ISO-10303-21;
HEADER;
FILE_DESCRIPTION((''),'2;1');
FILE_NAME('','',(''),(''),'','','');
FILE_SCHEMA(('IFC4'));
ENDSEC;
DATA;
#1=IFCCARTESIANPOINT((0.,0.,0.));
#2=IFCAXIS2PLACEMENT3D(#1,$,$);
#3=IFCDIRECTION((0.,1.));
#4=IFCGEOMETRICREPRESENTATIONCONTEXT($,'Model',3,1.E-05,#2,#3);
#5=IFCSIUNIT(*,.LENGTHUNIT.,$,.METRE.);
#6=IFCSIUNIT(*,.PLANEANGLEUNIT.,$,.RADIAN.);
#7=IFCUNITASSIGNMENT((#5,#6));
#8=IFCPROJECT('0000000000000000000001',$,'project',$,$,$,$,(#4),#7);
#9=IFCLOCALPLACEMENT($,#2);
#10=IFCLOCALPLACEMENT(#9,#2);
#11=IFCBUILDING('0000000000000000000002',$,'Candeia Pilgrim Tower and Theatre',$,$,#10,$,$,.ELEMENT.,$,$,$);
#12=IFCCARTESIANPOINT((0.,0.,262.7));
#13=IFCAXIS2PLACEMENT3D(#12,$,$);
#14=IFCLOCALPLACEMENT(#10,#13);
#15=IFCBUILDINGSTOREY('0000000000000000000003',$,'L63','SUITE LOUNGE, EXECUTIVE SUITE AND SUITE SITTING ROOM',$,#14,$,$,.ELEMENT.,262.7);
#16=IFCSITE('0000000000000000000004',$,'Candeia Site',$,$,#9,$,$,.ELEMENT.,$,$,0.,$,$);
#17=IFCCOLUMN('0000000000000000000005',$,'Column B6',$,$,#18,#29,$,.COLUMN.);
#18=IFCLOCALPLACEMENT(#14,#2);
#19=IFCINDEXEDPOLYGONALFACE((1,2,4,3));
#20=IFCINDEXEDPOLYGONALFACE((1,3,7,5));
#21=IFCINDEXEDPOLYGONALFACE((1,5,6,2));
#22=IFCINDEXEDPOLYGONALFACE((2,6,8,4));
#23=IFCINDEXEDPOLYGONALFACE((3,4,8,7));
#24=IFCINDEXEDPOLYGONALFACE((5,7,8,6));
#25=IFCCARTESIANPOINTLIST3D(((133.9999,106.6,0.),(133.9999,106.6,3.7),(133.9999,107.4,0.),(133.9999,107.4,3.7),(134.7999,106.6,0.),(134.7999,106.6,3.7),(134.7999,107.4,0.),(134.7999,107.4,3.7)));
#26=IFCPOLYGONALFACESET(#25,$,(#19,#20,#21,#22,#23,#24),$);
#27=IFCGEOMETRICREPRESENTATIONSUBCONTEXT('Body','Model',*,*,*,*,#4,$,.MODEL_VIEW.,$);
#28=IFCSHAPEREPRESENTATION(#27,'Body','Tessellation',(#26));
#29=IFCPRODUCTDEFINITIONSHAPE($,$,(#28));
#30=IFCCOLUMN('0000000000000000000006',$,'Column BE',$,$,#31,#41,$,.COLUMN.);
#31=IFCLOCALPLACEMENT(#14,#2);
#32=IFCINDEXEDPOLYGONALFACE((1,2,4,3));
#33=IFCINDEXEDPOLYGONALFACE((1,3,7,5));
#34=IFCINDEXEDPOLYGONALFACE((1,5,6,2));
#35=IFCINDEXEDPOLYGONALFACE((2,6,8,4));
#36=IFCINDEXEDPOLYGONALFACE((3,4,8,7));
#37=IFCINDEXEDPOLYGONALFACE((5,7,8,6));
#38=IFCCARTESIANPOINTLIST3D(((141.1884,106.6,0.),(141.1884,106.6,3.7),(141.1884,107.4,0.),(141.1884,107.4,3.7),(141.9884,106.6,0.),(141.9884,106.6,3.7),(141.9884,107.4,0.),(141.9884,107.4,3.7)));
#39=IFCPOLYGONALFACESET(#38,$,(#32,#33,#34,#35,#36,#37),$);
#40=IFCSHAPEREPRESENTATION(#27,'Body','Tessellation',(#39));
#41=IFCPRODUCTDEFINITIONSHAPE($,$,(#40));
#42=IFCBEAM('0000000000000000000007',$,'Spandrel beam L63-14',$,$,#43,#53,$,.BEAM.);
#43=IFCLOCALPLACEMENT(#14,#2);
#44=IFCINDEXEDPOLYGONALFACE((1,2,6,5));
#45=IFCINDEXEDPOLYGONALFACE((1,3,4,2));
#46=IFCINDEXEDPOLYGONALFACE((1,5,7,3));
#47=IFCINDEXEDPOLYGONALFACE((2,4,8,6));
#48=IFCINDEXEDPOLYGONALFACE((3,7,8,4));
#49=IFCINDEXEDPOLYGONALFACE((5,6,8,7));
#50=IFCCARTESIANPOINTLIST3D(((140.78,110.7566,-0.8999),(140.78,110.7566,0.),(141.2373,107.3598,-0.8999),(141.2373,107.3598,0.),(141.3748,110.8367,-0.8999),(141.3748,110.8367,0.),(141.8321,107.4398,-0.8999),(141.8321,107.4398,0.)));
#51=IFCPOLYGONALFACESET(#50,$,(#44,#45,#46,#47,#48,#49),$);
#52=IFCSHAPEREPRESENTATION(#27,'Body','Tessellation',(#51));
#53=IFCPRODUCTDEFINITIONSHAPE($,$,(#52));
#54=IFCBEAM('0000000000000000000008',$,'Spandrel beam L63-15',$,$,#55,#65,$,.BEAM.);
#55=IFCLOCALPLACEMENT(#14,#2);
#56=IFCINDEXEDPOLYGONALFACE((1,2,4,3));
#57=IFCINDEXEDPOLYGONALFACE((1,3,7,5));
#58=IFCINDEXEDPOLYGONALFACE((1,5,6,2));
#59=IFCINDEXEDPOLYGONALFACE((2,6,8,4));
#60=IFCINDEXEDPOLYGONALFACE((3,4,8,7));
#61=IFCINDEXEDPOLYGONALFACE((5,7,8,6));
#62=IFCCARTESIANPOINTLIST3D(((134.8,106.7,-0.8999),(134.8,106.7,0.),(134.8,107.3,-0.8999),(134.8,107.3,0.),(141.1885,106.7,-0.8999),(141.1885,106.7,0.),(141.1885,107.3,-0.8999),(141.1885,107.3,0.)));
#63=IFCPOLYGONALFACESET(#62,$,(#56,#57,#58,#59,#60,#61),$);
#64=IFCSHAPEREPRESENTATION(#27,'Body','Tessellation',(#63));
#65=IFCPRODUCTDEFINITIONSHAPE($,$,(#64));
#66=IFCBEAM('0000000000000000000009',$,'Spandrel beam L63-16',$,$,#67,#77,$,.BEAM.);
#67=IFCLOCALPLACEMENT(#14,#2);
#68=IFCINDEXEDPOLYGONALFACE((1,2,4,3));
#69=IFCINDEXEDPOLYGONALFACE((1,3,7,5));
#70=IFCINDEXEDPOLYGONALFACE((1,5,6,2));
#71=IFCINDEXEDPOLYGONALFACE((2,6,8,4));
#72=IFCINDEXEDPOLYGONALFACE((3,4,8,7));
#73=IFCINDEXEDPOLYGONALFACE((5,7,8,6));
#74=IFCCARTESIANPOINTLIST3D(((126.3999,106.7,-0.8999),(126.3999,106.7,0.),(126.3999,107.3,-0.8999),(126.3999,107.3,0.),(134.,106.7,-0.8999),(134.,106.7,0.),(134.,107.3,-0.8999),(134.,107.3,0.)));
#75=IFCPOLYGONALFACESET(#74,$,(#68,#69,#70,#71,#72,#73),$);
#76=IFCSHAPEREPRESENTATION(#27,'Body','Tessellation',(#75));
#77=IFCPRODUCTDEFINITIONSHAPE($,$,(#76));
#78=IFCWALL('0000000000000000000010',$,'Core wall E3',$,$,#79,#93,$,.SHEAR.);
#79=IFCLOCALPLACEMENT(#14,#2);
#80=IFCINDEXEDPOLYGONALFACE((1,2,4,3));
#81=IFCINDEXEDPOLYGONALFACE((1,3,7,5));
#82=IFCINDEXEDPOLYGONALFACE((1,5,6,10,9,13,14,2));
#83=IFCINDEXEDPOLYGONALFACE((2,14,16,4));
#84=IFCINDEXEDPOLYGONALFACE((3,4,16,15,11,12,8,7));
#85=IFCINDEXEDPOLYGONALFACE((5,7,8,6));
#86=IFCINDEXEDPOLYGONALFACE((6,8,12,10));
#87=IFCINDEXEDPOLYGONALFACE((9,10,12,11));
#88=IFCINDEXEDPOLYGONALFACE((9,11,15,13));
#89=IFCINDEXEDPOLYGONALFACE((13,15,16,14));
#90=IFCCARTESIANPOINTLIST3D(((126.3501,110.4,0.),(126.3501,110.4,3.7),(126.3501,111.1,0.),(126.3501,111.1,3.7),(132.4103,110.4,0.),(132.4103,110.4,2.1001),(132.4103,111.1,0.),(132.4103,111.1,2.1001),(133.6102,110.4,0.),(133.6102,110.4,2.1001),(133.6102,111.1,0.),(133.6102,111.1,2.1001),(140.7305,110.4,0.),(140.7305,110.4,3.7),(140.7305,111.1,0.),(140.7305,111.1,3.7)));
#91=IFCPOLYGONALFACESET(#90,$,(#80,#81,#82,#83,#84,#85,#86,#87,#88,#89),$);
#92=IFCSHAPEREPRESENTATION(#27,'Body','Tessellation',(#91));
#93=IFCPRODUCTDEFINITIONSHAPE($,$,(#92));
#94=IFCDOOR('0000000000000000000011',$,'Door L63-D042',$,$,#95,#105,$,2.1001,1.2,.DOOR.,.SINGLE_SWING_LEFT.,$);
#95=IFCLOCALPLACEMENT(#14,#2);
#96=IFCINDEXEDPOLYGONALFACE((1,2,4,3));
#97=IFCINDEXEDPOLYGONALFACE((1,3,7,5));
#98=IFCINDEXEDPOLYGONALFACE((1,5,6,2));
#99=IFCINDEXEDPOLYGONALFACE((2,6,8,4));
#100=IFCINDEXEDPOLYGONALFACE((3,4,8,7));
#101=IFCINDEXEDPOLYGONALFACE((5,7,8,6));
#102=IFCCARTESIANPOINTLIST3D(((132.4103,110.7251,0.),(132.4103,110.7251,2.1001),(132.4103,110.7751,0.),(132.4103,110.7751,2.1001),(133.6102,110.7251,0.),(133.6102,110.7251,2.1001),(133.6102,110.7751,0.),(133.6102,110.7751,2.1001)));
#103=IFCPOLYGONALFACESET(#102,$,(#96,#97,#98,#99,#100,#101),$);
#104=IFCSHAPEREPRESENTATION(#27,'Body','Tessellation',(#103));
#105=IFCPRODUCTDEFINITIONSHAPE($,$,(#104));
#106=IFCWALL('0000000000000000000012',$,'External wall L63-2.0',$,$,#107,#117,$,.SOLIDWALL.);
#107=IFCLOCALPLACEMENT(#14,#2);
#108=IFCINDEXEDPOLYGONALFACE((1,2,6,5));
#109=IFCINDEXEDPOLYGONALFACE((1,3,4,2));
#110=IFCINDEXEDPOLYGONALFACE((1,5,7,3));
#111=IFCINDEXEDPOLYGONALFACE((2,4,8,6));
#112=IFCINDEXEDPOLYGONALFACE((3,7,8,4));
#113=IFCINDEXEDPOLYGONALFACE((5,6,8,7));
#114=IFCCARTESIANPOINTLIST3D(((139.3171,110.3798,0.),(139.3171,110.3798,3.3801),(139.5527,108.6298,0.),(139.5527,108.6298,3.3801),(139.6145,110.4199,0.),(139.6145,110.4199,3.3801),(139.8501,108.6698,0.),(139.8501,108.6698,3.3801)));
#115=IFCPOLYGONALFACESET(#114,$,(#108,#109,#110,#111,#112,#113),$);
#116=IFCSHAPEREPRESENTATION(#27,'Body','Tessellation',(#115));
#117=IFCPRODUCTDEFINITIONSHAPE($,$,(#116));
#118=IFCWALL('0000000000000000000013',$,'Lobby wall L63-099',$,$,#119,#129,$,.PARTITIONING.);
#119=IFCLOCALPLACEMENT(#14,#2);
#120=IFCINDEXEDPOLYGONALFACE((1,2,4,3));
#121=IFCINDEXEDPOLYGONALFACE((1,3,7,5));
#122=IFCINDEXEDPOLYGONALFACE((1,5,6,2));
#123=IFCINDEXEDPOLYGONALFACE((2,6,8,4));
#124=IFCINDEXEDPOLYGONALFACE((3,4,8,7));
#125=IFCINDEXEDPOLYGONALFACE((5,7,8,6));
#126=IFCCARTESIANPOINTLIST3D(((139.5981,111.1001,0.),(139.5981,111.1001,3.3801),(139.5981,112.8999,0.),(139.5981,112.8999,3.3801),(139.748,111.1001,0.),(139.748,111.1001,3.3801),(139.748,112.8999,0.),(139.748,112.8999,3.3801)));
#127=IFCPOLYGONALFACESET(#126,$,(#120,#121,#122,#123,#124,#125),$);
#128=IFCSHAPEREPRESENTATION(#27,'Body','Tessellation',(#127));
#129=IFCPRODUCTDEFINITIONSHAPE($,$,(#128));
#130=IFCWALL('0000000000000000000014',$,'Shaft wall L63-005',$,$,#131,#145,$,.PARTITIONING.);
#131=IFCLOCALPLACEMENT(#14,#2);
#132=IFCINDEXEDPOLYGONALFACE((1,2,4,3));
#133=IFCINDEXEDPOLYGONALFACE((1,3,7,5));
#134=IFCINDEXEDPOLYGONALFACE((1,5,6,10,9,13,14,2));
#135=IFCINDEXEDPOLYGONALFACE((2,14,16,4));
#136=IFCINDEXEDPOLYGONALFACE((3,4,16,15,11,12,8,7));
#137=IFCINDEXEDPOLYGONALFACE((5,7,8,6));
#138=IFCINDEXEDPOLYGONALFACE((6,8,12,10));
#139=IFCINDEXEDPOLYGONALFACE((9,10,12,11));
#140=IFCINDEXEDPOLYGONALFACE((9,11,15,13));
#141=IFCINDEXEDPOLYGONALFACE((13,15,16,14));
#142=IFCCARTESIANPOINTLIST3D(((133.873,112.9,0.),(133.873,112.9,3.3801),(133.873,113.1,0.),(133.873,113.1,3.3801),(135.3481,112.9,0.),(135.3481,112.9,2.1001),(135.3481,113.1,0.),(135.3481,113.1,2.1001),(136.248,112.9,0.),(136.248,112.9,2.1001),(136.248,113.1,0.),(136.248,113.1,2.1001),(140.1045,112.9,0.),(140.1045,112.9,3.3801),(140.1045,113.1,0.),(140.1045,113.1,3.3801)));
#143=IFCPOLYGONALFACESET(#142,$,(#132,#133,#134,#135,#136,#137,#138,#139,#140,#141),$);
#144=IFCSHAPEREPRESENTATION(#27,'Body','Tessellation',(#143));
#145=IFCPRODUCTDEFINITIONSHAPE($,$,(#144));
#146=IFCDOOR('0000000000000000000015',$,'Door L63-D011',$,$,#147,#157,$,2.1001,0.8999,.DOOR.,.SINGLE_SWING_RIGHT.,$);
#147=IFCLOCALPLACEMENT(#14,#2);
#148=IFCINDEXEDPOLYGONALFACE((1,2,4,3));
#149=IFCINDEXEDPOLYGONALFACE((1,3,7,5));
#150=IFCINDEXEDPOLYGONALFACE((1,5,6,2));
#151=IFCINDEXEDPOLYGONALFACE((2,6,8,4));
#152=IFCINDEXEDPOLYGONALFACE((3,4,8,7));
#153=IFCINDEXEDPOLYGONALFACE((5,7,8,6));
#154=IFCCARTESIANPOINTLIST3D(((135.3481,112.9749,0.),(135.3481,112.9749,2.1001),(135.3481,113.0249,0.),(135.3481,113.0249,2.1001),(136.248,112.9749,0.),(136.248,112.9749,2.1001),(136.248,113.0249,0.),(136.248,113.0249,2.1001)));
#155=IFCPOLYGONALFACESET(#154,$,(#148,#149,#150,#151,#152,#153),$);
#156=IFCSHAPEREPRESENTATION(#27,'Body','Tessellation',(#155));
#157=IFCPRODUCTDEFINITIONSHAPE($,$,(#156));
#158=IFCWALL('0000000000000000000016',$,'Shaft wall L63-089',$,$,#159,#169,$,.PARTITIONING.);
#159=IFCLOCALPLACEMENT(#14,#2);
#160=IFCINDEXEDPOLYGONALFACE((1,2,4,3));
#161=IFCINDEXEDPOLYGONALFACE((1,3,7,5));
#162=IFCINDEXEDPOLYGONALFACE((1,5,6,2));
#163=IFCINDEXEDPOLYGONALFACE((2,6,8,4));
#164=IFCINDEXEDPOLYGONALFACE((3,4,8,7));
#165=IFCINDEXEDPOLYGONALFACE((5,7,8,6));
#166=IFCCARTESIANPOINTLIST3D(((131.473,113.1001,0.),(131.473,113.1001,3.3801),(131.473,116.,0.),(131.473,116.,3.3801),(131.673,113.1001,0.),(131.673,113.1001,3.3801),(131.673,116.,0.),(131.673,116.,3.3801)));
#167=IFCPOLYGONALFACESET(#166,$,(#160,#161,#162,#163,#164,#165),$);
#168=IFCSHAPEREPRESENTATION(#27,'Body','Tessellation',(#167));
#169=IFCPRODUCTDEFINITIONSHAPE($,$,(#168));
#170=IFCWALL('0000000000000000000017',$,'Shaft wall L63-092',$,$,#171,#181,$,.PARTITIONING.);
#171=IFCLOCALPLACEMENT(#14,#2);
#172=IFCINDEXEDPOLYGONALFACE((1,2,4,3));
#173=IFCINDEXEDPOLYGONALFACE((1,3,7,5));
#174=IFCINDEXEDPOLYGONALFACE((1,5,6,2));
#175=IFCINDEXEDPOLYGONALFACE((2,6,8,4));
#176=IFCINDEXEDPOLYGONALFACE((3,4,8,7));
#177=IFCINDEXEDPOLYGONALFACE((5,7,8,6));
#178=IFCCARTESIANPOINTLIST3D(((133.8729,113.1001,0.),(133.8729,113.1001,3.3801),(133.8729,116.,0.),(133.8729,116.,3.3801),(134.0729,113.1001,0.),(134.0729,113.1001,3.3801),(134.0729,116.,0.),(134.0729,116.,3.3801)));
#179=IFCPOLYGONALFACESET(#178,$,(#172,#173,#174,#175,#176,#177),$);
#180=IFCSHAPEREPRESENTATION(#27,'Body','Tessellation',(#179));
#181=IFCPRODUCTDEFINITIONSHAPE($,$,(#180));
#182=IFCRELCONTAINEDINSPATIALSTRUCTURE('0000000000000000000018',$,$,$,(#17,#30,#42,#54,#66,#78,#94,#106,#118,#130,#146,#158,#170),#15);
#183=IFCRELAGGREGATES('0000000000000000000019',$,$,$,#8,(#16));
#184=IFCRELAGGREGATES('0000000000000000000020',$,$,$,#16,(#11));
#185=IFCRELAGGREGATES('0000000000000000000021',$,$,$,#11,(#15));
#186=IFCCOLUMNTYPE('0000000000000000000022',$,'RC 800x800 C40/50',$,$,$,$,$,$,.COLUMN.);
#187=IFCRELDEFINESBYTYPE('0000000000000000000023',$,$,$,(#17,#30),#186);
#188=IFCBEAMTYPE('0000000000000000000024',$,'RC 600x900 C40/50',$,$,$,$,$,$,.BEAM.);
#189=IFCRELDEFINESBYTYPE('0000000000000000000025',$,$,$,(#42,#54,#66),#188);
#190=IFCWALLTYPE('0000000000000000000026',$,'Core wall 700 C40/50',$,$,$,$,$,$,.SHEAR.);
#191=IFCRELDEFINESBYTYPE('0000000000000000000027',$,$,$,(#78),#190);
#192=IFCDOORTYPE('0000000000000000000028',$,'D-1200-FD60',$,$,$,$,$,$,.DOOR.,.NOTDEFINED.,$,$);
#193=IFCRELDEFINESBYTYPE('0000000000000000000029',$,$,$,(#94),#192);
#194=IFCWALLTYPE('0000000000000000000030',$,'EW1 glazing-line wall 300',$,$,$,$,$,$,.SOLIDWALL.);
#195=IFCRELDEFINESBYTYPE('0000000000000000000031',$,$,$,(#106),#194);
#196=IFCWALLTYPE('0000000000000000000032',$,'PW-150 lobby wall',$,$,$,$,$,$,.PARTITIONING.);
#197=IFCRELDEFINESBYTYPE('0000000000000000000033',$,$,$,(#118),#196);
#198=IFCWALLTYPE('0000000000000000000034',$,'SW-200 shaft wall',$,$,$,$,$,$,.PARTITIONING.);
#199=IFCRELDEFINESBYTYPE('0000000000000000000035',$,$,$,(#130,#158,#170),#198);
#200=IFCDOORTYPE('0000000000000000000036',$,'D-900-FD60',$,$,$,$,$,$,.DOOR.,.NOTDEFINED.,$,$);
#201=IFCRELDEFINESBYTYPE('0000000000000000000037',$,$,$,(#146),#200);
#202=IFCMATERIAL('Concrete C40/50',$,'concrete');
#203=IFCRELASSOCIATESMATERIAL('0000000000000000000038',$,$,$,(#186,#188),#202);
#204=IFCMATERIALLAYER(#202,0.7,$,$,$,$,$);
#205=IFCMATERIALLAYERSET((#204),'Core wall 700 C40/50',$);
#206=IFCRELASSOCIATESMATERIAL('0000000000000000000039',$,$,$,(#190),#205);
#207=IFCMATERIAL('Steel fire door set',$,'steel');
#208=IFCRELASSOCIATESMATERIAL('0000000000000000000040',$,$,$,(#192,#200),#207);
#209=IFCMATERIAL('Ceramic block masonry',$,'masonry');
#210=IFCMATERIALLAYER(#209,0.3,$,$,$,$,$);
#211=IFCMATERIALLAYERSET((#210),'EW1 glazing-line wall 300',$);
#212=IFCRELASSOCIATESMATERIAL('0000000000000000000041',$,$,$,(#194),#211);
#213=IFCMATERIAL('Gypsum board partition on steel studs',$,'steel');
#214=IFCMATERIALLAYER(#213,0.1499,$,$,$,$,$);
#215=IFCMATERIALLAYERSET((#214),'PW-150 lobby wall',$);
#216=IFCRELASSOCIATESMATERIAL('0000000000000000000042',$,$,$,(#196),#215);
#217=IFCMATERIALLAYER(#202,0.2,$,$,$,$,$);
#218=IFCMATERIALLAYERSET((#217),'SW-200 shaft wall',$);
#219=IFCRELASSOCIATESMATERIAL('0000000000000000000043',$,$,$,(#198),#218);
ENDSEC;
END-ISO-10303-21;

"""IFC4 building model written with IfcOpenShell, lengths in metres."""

from ifc_helpers import new_model, si_unit, direction, frame, frame_2d, origin, origin_2d, place, context, subcontext, project, spatial, rectangle, extrude, material, layer, layer_set, material_profile, profile_set, type_object, element, fill, save


model = new_model("IFC4")

# Units and contexts
model_context = context("Model", 3, precision=1e-05, world=origin(), true_north=direction((0.0, 1.0)))
body_context = subcontext(model_context, "Body", "Model", "MODEL_VIEW")
ifc_project = project(units=[si_unit("LENGTHUNIT", "METRE"), si_unit("PLANEANGLEUNIT", "RADIAN")], contexts=[model_context])

# Site, building, storey
site_placement = place(None, origin())
site = spatial("IfcSite", under=ifc_project, at=site_placement, Name="Candeia Site", CompositionType="ELEMENT", RefElevation=0.0)
building_placement = place(site_placement, origin())
building = spatial("IfcBuilding", under=site, at=building_placement, Name="Candeia Pilgrim Tower and Theatre", CompositionType="ELEMENT")
storey_placement = place(building_placement, frame((0.0, 0.0, 262.7)))
storey = spatial("IfcBuildingStorey", under=building, at=storey_placement, Name="L63", Description="SUITE LOUNGE, EXECUTIVE SUITE AND SUITE SITTING ROOM", CompositionType="ELEMENT", Elevation=262.7)

# Columns
ifc_material_1 = material(Name="Concrete C40/50", Category="concrete")
ifc_material_profile_1 = material_profile(ifc_material_1, rectangle(XDim=0.8, YDim=0.8, at=origin_2d()))
ifc_profile_set_1 = profile_set([ifc_material_profile_1], Name="Concrete C40/50")
column_type = type_object("IfcColumnType", Name="RC 800x800 C40/50", PredefinedType="COLUMN", material=ifc_profile_set_1)
for number, where, z_axis, x_axis, name in (
    (1, (134.3999, 107.0, 0.0), (0.0, 0.0, 1.0), (1.0, 0.0, 0.0), "Column B6"),
    (2, (141.5884, 107.0, 0.0), (0.0, 0.0, 1.0), (1.0, 0.0, 0.0), "Column BE"),
):
    element("IfcColumn", number, at=place(storey_placement, frame(where, z_axis=z_axis, x_axis=x_axis)), inside=storey, type_object=column_type, Name=name, PredefinedType="COLUMN", context=body_context, shape_type="SweptSolid", body=[
        extrude(rectangle(XDim=0.8, YDim=0.8, at=origin_2d()), origin(), (0.0, 0.0, 1.0), 3.7),
    ])

# Beams
ifc_material_profile_2 = material_profile(ifc_material_1, rectangle(XDim=0.6001, YDim=0.8999, at=origin_2d()))
ifc_profile_set_2 = profile_set([ifc_material_profile_2], Name="Concrete C40/50")
beam_type = type_object("IfcBeamType", Name="RC 600x900 C40/50", PredefinedType="BEAM", material=ifc_profile_set_2)
beam_1_placement = place(storey_placement, frame((141.0774, 110.7966, -0.45), z_axis=(0.133419, -0.99106, 0.0), x_axis=(0.99106, 0.133419, 0.0)))
element("IfcBeam", 3, at=beam_1_placement, inside=storey, type_object=beam_type, Name="Spandrel beam L63-14", PredefinedType="BEAM", context=body_context, shape_type="SweptSolid", body=[
    extrude(rectangle(XDim=0.6001, YDim=0.8999, at=origin_2d()), origin(), (0.0, 0.0, 1.0), 3.4275),
])
beam_2_placement = place(storey_placement, frame((141.1885, 107.0, -0.45), z_axis=(-1.0, 0.0, 0.0), x_axis=(0.0, -1.0, 0.0)))
element("IfcBeam", 4, at=beam_2_placement, inside=storey, type_object=beam_type, Name="Spandrel beam L63-15", PredefinedType="BEAM", context=body_context, shape_type="SweptSolid", body=[
    extrude(rectangle(XDim=0.6001, YDim=0.8999, at=origin_2d()), origin(), (0.0, 0.0, 1.0), 6.3884),
])
beam_3_placement = place(storey_placement, frame((134.0, 107.0, -0.45), z_axis=(-1.0, 0.0, 0.0), x_axis=(0.0, -1.0, 0.0)))
element("IfcBeam", 5, at=beam_3_placement, inside=storey, type_object=beam_type, Name="Spandrel beam L63-16", PredefinedType="BEAM", context=body_context, shape_type="SweptSolid", body=[
    extrude(rectangle(XDim=0.6001, YDim=0.8999, at=origin_2d()), origin(), (0.0, 0.0, 1.0), 7.6001),
])

# Wall, opening, door
ifc_layer_1 = layer(ifc_material_1, 0.7)
ifc_layer_set_1 = layer_set([ifc_layer_1], Name="Core wall 700 C40/50")
wall_type_1 = type_object("IfcWallType", Name="Core wall 700 C40/50", PredefinedType="SHEAR", material=ifc_layer_set_1)
wall_1_placement = place(storey_placement, frame((140.7305, 110.75, 0.0), z_axis=(0.0, 0.0, 1.0), x_axis=(-1.0, 0.0, 0.0)))
wall_1 = element("IfcWall", 6, at=wall_1_placement, inside=storey, type_object=wall_type_1, Name="Core wall E3", PredefinedType="SHEAR", context=body_context, shape_type="SweptSolid", body=[
    extrude(rectangle(XDim=14.3804, YDim=0.7, at=frame_2d((7.1902, 0.0))), origin(), (0.0, 0.0, 1.0), 3.7),
])
opening_1_placement = place(wall_1_placement, frame((7.1201, 0.0, 0.0)))
opening_1 = element("IfcOpeningElement", 7, at=opening_1_placement, cuts=wall_1, PredefinedType="OPENING", context=body_context, shape_type="SweptSolid", body=[
    extrude(rectangle(XDim=1.2, YDim=2.1001, at=frame_2d((0.6001, 1.05))), frame((0.0, 0.3599, 0.0), z_axis=(0.0, -1.0, 0.0), x_axis=(1.0, 0.0, 0.0)), (0.0, 0.0, 1.0), 0.72),
])
ifc_material_2 = material(Name="Steel fire door set", Category="steel")
door_type_1 = type_object("IfcDoorType", Name="D-1200-FD60", OperationType="NOTDEFINED", PredefinedType="DOOR", material=ifc_material_2)
door_1_placement = place(opening_1_placement, origin())
door_1 = element("IfcDoor", 8, at=door_1_placement, inside=storey, type_object=door_type_1, Name="Door L63-D042", OperationType="SINGLE_SWING_LEFT", OverallHeight=2.1001, OverallWidth=1.2, PredefinedType="DOOR", context=body_context, shape_type="SweptSolid", body=[
    extrude(rectangle(XDim=1.2, YDim=2.1001, at=frame_2d((0.6001, 1.05))), frame((0.0, 0.0249, 0.0), z_axis=(0.0, -1.0, 0.0), x_axis=(1.0, 0.0, 0.0)), (0.0, 0.0, 1.0), 0.05),
])
fill(opening_1, door_1)

# Walls
ifc_material_3 = material(Name="Ceramic block masonry", Category="masonry")
ifc_layer_2 = layer(ifc_material_3, 0.3)
ifc_layer_set_2 = layer_set([ifc_layer_2], Name="EW1 glazing-line wall 300")
wall_type_2 = type_object("IfcWallType", Name="EW1 glazing-line wall 300", PredefinedType="SOLIDWALL", material=ifc_layer_set_2)
wall_2_placement = place(storey_placement, frame((139.7014, 108.6499, 0.0), z_axis=(0.0, 0.0, 1.0), x_axis=(-0.133422, 0.991059, 0.0)))
element("IfcWall", 9, at=wall_2_placement, inside=storey, type_object=wall_type_2, Name="External wall L63-2.0", PredefinedType="SOLIDWALL", context=body_context, shape_type="SweptSolid", body=[
    extrude(rectangle(XDim=1.7659, YDim=0.3, at=frame_2d((0.8828, 0.0))), origin(), (0.0, 0.0, 1.0), 3.3801),
])
ifc_material_4 = material(Name="Gypsum board partition on steel studs", Category="steel")
ifc_layer_3 = layer(ifc_material_4, 0.1499)
ifc_layer_set_3 = layer_set([ifc_layer_3], Name="PW-150 lobby wall")
wall_type_3 = type_object("IfcWallType", Name="PW-150 lobby wall", PredefinedType="PARTITIONING", material=ifc_layer_set_3)
wall_3_placement = place(storey_placement, frame((139.6731, 111.1001, 0.0), z_axis=(0.0, 0.0, 1.0), x_axis=(0.0, 1.0, 0.0)))
element("IfcWall", 10, at=wall_3_placement, inside=storey, type_object=wall_type_3, Name="Lobby wall L63-099", PredefinedType="PARTITIONING", context=body_context, shape_type="SweptSolid", body=[
    extrude(rectangle(XDim=1.7998, YDim=0.1499, at=frame_2d((0.8999, 0.0))), origin(), (0.0, 0.0, 1.0), 3.3801),
])

# Wall, opening, door
ifc_layer_4 = layer(ifc_material_1, 0.2)
ifc_layer_set_4 = layer_set([ifc_layer_4], Name="SW-200 shaft wall")
wall_type_4 = type_object("IfcWallType", Name="SW-200 shaft wall", PredefinedType="PARTITIONING", material=ifc_layer_set_4)
wall_4_placement = place(storey_placement, frame((133.873, 113.0, 0.0), z_axis=(0.0, 0.0, 1.0), x_axis=(1.0, 0.0, 0.0)))
wall_4 = element("IfcWall", 11, at=wall_4_placement, inside=storey, type_object=wall_type_4, Name="Shaft wall L63-005", PredefinedType="PARTITIONING", context=body_context, shape_type="SweptSolid", body=[
    extrude(rectangle(XDim=6.2314, YDim=0.2, at=frame_2d((3.1157, 0.0))), origin(), (0.0, 0.0, 1.0), 3.3801),
])
opening_2_placement = place(wall_4_placement, frame((1.4751, 0.0, 0.0)))
opening_2 = element("IfcOpeningElement", 12, at=opening_2_placement, cuts=wall_4, PredefinedType="OPENING", context=body_context, shape_type="SweptSolid", body=[
    extrude(rectangle(XDim=0.8999, YDim=2.1001, at=frame_2d((0.45, 1.05))), frame((0.0, 0.1099, 0.0), z_axis=(0.0, -1.0, 0.0), x_axis=(1.0, 0.0, 0.0)), (0.0, 0.0, 1.0), 0.22),
])
door_type_2 = type_object("IfcDoorType", Name="D-900-FD60", OperationType="NOTDEFINED", PredefinedType="DOOR", material=ifc_material_2)
door_2_placement = place(opening_2_placement, origin())
door_2 = element("IfcDoor", 13, at=door_2_placement, inside=storey, type_object=door_type_2, Name="Door L63-D011", OperationType="SINGLE_SWING_RIGHT", OverallHeight=2.1001, OverallWidth=0.8999, PredefinedType="DOOR", context=body_context, shape_type="SweptSolid", body=[
    extrude(rectangle(XDim=0.8999, YDim=2.1001, at=frame_2d((0.45, 1.05))), frame((0.0, 0.0249, 0.0), z_axis=(0.0, -1.0, 0.0), x_axis=(1.0, 0.0, 0.0)), (0.0, 0.0, 1.0), 0.05),
])
fill(opening_2, door_2)

# Walls
for number, where, z_axis, x_axis, name in (
    (14, (131.573, 113.1001, 0.0), (0.0, 0.0, 1.0), (0.0, 1.0, 0.0), "Shaft wall L63-089"),
    (15, (133.9729, 113.1001, 0.0), (0.0, 0.0, 1.0), (0.0, 1.0, 0.0), "Shaft wall L63-092"),
):
    element("IfcWall", number, at=place(storey_placement, frame(where, z_axis=z_axis, x_axis=x_axis)), inside=storey, type_object=wall_type_4, Name=name, PredefinedType="PARTITIONING", context=body_context, shape_type="SweptSolid", body=[
        extrude(rectangle(XDim=2.8999, YDim=0.2, at=frame_2d((1.45, 0.0))), origin(), (0.0, 0.0, 1.0), 3.3801),
    ])

save(model, "model.ifc")
